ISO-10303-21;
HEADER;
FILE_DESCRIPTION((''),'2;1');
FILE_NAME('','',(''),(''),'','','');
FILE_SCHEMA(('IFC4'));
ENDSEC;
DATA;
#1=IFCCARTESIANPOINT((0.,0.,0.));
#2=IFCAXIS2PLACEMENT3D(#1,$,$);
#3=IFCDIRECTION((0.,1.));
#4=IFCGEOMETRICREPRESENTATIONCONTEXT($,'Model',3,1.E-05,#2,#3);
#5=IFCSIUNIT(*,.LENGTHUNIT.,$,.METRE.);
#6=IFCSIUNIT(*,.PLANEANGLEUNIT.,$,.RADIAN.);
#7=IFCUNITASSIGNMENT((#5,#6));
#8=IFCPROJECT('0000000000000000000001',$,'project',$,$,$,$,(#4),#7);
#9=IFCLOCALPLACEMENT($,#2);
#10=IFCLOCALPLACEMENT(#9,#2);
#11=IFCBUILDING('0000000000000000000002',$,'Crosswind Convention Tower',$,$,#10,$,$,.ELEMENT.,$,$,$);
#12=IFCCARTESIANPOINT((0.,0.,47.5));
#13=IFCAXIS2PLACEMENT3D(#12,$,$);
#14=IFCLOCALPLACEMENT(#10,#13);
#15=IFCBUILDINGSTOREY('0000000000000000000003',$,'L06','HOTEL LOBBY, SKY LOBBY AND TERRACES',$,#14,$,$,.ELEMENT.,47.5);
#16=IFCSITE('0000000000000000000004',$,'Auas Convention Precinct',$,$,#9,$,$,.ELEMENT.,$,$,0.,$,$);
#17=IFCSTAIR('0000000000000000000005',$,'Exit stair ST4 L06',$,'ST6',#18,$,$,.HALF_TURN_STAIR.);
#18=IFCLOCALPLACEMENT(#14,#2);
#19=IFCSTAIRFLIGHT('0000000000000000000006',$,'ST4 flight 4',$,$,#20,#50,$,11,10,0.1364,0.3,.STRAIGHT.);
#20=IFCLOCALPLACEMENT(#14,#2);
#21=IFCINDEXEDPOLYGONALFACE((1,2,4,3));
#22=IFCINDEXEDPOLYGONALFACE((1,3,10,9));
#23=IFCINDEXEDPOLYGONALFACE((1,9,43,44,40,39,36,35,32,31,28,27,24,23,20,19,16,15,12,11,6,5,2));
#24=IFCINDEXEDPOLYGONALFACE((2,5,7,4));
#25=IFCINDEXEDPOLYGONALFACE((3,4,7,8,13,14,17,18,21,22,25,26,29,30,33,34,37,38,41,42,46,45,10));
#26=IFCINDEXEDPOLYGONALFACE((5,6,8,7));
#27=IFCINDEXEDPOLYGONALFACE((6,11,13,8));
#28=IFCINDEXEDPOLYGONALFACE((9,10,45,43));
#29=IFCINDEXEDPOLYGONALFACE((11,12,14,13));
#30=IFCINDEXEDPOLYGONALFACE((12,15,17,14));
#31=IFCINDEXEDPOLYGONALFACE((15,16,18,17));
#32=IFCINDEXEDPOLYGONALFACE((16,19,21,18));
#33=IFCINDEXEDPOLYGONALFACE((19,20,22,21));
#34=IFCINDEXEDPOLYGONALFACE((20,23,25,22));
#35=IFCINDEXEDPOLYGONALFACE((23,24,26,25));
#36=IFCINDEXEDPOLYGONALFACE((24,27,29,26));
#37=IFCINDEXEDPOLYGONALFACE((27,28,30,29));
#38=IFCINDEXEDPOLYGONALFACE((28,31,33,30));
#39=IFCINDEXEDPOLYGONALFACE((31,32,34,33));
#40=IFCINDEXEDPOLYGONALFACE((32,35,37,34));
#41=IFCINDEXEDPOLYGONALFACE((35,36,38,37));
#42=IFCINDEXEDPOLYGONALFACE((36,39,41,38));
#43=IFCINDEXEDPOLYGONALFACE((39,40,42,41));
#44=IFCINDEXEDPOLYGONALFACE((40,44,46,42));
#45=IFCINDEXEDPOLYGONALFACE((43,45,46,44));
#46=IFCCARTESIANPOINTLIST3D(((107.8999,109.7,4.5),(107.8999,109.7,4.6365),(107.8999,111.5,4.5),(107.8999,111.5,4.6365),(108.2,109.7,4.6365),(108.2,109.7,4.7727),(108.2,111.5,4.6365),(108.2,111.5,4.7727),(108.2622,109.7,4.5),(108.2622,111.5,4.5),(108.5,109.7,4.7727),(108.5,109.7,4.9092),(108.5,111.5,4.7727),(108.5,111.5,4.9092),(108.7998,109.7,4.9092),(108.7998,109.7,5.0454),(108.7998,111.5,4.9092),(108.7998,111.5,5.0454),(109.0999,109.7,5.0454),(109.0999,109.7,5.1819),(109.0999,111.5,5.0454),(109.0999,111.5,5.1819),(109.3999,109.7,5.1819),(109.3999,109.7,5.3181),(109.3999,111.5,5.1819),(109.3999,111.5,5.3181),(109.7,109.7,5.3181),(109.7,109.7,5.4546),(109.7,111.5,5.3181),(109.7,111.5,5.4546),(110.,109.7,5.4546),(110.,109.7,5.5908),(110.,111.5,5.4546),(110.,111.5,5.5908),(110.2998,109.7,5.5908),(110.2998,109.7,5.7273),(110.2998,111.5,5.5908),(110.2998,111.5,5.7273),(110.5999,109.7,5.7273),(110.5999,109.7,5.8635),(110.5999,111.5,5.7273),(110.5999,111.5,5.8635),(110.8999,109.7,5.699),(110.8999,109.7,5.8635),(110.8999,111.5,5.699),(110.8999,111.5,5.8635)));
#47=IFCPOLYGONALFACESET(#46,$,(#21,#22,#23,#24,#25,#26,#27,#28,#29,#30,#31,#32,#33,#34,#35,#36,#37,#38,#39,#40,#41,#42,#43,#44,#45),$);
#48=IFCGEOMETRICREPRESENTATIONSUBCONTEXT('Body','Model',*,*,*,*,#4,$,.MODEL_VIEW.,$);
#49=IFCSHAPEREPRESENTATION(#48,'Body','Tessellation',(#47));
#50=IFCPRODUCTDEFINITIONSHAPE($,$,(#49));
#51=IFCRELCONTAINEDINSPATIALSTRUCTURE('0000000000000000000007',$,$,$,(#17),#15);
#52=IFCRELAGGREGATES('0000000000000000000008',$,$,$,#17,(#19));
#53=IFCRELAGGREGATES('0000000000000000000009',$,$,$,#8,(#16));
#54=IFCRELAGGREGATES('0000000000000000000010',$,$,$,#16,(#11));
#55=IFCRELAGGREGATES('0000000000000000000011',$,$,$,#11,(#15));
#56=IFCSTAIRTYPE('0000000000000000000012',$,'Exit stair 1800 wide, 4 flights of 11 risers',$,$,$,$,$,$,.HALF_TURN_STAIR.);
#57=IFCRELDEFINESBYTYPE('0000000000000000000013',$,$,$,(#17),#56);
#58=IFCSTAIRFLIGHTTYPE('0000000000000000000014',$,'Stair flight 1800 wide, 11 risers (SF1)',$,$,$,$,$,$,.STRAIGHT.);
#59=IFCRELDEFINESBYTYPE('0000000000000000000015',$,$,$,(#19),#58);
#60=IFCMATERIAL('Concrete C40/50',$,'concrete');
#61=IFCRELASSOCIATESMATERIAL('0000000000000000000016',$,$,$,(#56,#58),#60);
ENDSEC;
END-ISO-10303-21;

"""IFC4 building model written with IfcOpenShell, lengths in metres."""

from ifc_helpers import new_model, si_unit, direction, frame, origin, place, context, subcontext, project, spatial, polyline, outline, extrude, material, type_object, element, aggregate, save


model = new_model("IFC4")

# Units and contexts
model_context = context("Model", 3, precision=1e-05, world=origin(), true_north=direction((0.0, 1.0)))
body_context = subcontext(model_context, "Body", "Model", "MODEL_VIEW")
ifc_project = project(units=[si_unit("LENGTHUNIT", "METRE"), si_unit("PLANEANGLEUNIT", "RADIAN")], contexts=[model_context])

# Site, building, storey
site_placement = place(None, origin())
site = spatial("IfcSite", under=ifc_project, at=site_placement, Name="Auas Convention Precinct", CompositionType="ELEMENT", RefElevation=0.0)
building_placement = place(site_placement, origin())
building = spatial("IfcBuilding", under=site, at=building_placement, Name="Crosswind Convention Tower", CompositionType="ELEMENT")
storey_placement = place(building_placement, frame((0.0, 0.0, 47.5)))
storey = spatial("IfcBuildingStorey", under=building, at=storey_placement, Name="L06", Description="HOTEL LOBBY, SKY LOBBY AND TERRACES", CompositionType="ELEMENT", Elevation=47.5)

# Stair, stair flight
ifc_material_1 = material(Name="Concrete C40/50", Category="concrete")
stair_type = type_object("IfcStairType", Name="Exit stair 1800 wide, 4 flights of 11 risers", PredefinedType="HALF_TURN_STAIR", material=ifc_material_1)
stair_placement = place(storey_placement, origin())
stair = element("IfcStair", 1, at=stair_placement, inside=storey, type_object=stair_type, Name="Exit stair ST4 L06", ObjectType="ST6", PredefinedType="HALF_TURN_STAIR")
stair_flight_type = type_object("IfcStairFlightType", Name="Stair flight 1800 wide, 11 risers (SF1)", PredefinedType="STRAIGHT", material=ifc_material_1)
stair_flight_1_placement = place(storey_placement, frame((107.8999, 110.6001, 4.5), z_axis=(0.0, 0.0, 1.0), x_axis=(1.0, 0.0, 0.0)))
stair_flight_1 = element("IfcStairFlight", 2, at=stair_flight_1_placement, type_object=stair_flight_type, Name="ST4 flight 4", NumberOfRisers=11, NumberOfTreads=10, PredefinedType="STRAIGHT", RiserHeight=0.1364, TreadLength=0.3, context=body_context, shape_type="SweptSolid", body=[
    extrude(outline(polyline([(0.0, 0.0), (0.0, 0.1365), (0.3, 0.1365), (0.3, 0.2727), (0.6001, 0.2727), (0.6001, 0.4092), (0.8999, 0.4092), (0.8999, 0.5454), (1.2, 0.5454), (1.2, 0.6819), (1.5, 0.6819), (1.5, 0.8181), (1.8, 0.8181), (1.8, 0.9546), (2.1001, 0.9546), (2.1001, 1.0908), (2.3999, 1.0908), (2.3999, 1.2273), (2.7, 1.2273), (2.7, 1.3635), (3.0, 1.3635), (3.0, 1.5), (3.0, 1.199), (0.3623, 0.0), (0.0, 0.0)])), frame((0.0, 0.8999, 0.0), z_axis=(0.0, -1.0, 0.0), x_axis=(1.0, 0.0, 0.0)), (0.0, 0.0, 1.0), 1.8),
])
aggregate(stair, [stair_flight_1])

save(model, "model.ifc")
